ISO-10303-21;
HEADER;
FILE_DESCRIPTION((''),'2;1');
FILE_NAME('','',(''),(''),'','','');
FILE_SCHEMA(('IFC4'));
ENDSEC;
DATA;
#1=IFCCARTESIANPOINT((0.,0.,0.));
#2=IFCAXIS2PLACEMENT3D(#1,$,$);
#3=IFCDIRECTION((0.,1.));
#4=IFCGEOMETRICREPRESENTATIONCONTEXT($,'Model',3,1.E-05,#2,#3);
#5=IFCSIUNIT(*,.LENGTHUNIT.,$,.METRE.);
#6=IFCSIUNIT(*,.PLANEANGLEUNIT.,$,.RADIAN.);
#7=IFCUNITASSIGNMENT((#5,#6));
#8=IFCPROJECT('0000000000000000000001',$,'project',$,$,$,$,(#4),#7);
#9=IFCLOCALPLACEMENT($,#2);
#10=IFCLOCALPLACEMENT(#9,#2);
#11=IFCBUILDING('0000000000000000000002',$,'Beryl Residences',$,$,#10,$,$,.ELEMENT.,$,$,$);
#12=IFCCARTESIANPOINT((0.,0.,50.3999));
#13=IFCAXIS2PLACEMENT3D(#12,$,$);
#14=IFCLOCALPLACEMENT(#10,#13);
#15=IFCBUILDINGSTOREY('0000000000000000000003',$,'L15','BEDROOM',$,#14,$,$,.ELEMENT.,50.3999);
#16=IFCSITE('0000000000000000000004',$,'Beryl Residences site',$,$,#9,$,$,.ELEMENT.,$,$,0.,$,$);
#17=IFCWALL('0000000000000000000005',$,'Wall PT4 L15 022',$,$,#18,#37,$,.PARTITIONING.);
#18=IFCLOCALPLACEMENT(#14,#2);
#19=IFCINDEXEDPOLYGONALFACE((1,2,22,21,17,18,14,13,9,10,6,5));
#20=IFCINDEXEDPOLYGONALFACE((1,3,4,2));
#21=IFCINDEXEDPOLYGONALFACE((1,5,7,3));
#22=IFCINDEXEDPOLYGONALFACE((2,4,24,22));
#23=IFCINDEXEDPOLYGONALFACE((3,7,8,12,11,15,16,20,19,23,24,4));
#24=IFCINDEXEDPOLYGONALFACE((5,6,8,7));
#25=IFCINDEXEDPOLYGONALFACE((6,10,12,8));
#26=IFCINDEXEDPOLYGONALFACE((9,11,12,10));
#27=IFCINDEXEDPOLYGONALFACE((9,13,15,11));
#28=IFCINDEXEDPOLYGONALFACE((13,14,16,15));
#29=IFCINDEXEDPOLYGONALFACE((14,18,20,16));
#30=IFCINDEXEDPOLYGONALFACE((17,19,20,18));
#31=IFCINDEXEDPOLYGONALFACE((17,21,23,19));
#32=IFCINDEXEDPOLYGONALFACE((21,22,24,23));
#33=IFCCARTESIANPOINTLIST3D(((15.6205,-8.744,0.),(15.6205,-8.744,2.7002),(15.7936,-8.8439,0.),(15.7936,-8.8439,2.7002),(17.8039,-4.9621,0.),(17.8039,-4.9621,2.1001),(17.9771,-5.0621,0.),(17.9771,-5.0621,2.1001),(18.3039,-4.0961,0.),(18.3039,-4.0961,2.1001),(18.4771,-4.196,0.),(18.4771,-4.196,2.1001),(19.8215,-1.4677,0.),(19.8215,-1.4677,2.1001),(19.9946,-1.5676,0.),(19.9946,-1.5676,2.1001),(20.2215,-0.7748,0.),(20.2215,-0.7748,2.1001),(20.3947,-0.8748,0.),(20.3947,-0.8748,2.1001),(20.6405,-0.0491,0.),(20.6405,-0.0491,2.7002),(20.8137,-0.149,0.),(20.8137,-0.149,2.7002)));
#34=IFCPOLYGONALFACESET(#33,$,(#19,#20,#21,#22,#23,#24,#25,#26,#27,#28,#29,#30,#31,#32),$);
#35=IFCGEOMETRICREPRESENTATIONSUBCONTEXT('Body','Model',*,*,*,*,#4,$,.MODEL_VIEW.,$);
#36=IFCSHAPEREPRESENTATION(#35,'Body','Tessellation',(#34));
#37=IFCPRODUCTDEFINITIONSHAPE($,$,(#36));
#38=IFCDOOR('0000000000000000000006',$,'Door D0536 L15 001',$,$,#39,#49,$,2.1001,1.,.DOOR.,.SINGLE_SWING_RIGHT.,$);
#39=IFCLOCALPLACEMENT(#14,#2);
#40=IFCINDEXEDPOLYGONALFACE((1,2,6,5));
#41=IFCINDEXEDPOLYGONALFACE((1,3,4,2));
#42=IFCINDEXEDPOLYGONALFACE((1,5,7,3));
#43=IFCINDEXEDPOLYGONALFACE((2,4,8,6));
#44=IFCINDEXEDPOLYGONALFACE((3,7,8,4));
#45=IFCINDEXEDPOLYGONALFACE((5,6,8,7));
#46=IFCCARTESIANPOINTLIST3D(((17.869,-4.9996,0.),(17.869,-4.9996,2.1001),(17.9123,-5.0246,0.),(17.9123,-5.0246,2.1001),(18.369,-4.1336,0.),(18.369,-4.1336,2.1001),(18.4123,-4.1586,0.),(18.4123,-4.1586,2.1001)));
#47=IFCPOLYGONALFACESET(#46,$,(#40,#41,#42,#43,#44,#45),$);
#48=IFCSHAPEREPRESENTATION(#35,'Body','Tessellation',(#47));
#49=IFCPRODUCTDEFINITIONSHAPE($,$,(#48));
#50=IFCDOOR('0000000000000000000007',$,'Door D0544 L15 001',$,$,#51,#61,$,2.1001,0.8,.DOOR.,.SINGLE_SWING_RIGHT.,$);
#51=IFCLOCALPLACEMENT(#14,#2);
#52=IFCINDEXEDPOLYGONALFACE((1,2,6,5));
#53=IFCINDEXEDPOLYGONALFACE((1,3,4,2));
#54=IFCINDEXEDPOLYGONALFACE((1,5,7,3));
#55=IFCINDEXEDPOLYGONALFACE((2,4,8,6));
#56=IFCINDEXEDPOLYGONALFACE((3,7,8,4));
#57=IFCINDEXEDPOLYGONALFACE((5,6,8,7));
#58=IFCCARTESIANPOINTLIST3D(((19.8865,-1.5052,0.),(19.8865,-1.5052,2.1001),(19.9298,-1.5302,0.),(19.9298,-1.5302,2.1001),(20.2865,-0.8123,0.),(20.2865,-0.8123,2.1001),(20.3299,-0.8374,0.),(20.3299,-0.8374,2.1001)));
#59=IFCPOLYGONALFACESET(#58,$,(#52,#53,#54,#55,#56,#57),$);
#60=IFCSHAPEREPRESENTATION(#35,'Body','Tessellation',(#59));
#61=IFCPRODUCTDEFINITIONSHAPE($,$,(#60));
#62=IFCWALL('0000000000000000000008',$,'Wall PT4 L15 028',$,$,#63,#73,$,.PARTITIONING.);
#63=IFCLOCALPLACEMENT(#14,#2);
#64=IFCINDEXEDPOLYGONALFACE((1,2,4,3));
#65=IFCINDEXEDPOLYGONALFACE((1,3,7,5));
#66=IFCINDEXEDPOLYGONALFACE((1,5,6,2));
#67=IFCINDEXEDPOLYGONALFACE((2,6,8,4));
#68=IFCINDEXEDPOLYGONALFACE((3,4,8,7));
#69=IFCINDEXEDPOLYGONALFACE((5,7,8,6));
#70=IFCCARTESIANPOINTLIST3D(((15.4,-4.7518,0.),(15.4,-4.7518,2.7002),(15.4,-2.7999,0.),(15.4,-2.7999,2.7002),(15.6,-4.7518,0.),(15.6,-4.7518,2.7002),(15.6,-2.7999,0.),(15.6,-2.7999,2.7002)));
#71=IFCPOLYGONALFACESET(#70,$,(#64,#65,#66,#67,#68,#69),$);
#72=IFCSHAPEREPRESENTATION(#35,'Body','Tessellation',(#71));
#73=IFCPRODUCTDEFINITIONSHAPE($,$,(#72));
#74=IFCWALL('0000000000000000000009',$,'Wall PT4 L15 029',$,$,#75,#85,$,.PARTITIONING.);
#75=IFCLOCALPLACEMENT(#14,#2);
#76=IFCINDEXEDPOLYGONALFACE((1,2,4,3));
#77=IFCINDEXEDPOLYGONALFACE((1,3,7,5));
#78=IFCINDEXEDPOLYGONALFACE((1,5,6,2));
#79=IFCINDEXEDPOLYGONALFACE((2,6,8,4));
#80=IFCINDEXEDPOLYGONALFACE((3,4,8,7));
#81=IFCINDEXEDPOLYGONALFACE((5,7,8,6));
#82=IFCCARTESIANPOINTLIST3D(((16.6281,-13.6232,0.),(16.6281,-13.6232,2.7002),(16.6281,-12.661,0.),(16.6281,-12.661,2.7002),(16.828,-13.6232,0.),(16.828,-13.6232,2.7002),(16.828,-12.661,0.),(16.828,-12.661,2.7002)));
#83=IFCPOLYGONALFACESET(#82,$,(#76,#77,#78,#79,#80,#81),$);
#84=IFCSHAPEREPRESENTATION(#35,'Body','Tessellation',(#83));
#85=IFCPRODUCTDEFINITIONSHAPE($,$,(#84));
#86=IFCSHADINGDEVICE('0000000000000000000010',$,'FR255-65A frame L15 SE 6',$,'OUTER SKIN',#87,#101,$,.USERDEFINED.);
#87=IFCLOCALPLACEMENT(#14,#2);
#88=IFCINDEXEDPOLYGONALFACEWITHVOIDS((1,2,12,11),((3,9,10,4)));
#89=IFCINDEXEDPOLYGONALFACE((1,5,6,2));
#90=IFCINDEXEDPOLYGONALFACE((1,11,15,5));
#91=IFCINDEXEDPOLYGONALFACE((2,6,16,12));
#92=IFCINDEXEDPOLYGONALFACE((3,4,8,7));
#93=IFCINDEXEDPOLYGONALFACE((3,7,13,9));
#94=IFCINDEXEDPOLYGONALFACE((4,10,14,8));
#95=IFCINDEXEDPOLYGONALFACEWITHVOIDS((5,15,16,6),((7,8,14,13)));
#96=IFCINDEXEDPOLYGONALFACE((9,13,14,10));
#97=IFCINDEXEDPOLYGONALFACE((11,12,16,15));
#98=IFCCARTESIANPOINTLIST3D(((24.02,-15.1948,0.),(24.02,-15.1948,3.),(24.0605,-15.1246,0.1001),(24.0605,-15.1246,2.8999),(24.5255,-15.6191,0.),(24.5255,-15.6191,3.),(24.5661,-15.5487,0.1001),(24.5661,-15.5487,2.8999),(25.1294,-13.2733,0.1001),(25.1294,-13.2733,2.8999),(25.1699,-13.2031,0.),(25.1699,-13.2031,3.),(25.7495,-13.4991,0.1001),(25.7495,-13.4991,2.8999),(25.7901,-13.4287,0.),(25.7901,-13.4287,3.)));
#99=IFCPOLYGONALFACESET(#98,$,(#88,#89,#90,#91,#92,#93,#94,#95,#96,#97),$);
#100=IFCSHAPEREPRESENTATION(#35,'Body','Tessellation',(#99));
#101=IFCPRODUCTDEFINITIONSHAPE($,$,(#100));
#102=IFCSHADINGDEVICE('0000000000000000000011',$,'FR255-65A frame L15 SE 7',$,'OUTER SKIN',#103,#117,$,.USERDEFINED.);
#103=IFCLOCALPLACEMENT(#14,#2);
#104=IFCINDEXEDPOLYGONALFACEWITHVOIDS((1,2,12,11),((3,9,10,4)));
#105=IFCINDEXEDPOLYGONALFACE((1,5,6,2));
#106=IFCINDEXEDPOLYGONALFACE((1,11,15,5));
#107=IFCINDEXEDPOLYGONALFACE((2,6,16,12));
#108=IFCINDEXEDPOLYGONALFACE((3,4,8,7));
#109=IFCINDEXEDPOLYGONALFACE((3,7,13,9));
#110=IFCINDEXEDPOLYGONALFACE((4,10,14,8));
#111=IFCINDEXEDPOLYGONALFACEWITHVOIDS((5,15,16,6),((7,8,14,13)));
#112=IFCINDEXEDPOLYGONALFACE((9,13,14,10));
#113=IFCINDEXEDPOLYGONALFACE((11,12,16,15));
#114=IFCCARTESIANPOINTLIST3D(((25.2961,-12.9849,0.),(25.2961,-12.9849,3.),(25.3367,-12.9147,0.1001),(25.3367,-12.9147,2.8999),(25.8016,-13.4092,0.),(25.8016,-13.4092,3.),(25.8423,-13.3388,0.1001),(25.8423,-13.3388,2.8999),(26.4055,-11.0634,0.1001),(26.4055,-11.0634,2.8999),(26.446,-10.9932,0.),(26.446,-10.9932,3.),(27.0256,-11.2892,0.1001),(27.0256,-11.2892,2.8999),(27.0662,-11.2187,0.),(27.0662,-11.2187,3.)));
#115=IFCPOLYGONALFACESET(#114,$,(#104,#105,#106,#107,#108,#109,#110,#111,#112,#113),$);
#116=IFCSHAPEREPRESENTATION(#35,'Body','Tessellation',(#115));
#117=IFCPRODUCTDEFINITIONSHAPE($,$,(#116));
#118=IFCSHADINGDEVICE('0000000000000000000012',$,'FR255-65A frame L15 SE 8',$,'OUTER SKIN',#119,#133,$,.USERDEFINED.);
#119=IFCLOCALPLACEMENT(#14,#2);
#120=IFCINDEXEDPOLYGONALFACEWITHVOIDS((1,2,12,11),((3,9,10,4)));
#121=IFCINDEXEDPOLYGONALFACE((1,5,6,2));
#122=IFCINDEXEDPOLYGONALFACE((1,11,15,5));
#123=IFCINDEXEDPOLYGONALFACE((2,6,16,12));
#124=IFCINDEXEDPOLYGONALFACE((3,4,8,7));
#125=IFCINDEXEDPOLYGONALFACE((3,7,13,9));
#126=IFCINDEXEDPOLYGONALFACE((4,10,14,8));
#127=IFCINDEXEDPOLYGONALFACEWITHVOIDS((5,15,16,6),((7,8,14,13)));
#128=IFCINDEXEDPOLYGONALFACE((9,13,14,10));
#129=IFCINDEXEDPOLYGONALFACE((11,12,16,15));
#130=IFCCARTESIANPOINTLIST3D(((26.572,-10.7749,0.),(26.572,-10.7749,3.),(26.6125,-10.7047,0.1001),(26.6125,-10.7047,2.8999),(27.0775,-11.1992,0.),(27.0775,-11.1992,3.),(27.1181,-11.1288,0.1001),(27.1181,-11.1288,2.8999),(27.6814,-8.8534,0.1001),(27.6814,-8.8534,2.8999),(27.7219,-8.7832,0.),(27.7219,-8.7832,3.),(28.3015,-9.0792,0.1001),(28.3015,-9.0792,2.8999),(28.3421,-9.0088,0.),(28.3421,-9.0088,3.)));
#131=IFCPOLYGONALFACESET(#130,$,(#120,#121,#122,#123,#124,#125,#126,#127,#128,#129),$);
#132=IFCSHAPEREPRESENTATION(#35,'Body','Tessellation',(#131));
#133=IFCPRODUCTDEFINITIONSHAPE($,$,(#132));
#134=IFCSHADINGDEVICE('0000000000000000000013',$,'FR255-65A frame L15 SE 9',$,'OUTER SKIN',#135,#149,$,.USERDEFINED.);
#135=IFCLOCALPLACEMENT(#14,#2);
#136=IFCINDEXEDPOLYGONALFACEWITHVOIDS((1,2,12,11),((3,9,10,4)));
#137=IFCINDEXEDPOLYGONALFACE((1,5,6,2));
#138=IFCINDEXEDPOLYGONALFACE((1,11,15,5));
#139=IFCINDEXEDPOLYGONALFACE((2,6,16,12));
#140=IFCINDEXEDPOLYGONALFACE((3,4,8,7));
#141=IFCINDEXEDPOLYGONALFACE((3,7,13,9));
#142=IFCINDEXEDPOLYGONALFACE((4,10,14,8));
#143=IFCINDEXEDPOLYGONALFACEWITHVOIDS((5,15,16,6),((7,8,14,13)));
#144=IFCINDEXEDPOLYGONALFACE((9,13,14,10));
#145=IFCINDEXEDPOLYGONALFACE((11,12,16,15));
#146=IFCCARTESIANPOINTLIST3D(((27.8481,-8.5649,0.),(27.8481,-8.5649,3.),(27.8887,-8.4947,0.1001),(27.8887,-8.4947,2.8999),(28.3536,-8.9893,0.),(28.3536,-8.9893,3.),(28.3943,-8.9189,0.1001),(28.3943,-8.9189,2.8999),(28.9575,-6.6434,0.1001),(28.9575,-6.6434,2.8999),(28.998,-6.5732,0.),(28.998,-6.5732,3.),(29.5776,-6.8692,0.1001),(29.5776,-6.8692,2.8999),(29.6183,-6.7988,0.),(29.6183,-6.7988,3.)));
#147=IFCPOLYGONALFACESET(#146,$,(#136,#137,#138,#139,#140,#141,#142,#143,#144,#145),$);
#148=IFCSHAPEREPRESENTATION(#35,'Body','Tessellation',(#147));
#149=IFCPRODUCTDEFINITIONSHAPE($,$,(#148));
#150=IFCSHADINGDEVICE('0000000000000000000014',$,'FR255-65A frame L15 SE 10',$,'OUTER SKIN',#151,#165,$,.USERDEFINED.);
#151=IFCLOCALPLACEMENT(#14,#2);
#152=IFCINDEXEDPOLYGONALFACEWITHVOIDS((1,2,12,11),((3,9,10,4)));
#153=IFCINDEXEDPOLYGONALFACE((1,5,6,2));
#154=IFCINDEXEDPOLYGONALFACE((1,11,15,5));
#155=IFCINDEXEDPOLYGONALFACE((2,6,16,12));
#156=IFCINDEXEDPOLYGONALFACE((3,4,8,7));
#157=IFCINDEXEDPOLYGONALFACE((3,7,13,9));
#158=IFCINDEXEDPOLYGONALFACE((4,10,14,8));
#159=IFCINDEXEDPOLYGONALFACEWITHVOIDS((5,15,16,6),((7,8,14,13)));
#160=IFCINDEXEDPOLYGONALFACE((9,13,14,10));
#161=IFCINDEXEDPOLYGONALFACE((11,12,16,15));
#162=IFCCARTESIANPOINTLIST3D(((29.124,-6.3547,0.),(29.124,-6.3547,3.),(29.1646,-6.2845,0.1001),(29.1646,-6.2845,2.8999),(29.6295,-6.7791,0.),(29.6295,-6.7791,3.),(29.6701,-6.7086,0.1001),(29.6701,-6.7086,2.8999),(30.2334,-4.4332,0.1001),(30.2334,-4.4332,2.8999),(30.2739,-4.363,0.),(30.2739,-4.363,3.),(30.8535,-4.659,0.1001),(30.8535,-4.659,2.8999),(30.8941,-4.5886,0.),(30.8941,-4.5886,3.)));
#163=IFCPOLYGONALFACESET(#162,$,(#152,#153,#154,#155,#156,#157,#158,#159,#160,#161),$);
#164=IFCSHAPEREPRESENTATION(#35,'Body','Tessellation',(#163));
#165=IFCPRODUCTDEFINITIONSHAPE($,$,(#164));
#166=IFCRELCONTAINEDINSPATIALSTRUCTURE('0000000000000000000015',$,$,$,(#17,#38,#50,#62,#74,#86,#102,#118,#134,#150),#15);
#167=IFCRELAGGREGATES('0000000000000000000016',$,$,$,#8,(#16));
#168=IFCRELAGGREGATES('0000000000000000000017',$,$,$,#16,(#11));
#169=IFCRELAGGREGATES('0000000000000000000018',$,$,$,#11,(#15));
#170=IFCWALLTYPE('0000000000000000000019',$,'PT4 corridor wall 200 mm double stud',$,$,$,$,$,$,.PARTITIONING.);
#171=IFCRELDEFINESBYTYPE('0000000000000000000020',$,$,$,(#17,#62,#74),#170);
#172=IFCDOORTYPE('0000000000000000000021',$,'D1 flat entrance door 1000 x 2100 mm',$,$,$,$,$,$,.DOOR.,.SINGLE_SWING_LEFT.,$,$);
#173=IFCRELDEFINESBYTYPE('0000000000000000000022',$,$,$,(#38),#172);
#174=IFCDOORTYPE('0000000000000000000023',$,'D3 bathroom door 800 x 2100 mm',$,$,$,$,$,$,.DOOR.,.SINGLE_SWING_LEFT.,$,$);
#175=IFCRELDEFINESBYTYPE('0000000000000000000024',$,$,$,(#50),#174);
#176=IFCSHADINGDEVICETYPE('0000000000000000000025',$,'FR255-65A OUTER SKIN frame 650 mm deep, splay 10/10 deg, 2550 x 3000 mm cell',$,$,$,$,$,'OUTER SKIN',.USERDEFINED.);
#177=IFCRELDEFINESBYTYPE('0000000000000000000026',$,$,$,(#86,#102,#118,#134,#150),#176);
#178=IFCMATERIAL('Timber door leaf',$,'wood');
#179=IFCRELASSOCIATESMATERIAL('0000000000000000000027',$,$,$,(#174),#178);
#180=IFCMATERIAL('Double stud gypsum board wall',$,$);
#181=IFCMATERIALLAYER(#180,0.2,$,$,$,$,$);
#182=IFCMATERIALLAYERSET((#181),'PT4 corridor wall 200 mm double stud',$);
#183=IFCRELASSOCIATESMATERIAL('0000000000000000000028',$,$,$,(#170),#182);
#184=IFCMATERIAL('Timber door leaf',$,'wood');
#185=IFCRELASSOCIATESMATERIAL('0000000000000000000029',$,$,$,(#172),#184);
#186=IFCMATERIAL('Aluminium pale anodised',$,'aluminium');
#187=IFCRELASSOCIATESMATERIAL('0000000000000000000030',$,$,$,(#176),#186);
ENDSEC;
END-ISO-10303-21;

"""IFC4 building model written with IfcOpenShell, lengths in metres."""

from ifc_helpers import new_model, entity, si_unit, direction, frame, frame_2d, origin, place, context, subcontext, project, spatial, rectangle, extrude, source, transform, mapped, material, layer, layer_set, type_object, type_shapes, element, fill, save


model = new_model("IFC4")

# Units and contexts
model_context = context("Model", 3, precision=1e-05, world=origin(), true_north=direction((0.0, 1.0)))
body_context = subcontext(model_context, "Body", "Model", "MODEL_VIEW")
ifc_project = project(units=[si_unit("LENGTHUNIT", "METRE"), si_unit("PLANEANGLEUNIT", "RADIAN")], contexts=[model_context])

# Site, building, storey
site_placement = place(None, origin())
site = spatial("IfcSite", under=ifc_project, at=site_placement, Name="Beryl Residences site", CompositionType="ELEMENT", RefElevation=0.0)
building_placement = place(site_placement, origin())
building = spatial("IfcBuilding", under=site, at=building_placement, Name="Beryl Residences", CompositionType="ELEMENT")
storey_placement = place(building_placement, frame((0.0, 0.0, 50.3999)))
storey = spatial("IfcBuildingStorey", under=building, at=storey_placement, Name="L15", Description="BEDROOM", CompositionType="ELEMENT", Elevation=50.3999)

# Shared definitions
ifc_material_1 = material(Name="Timber door leaf", Category="wood")
door_type_1 = type_object("IfcDoorType", Name="D3 bathroom door 800 x 2100 mm", OperationType="SINGLE_SWING_LEFT", PredefinedType="DOOR", material=ifc_material_1)

# Shared definitions
ifc_material_2 = material(Name="Double stud gypsum board wall")
ifc_layer_1 = layer(ifc_material_2, 0.2)
ifc_layer_set_1 = layer_set([ifc_layer_1], Name="PT4 corridor wall 200 mm double stud")
wall_type_1 = type_object("IfcWallType", Name="PT4 corridor wall 200 mm double stud", PredefinedType="PARTITIONING", material=ifc_layer_set_1)

# Wall, openings, doors
wall_1_placement = place(storey_placement, frame((15.707, -8.7939, 0.0), z_axis=(0.0, 0.0, 1.0), x_axis=(0.500005, 0.866023, 0.0)))
wall_1 = element("IfcWall", 1, at=wall_1_placement, inside=storey, type_object=wall_type_1, Name="Wall PT4 L15 022", PredefinedType="PARTITIONING", context=body_context, shape_type="SweptSolid", body=[
    extrude(rectangle(XDim=10.04, YDim=0.2, at=frame_2d((5.02, 0.0))), origin(), (0.0, 0.0, 1.0), 2.7002),
])
opening_1_placement = place(wall_1_placement, frame((4.3669, 0.0, 0.0)))
opening_1 = element("IfcOpeningElement", 2, at=opening_1_placement, cuts=wall_1, PredefinedType="OPENING", context=body_context, shape_type="SweptSolid", body=[
    extrude(rectangle(XDim=1.0, YDim=2.1001, at=frame_2d((0.5, 1.05))), frame((0.0, 0.1099, 0.0), z_axis=(0.0, -1.0, 0.0), x_axis=(1.0, 0.0, 0.0)), (0.0, 0.0, 1.0), 0.22),
])
opening_2_placement = place(wall_1_placement, frame((8.4021, 0.0, 0.0)))
opening_2 = element("IfcOpeningElement", 3, at=opening_2_placement, cuts=wall_1, PredefinedType="OPENING", context=body_context, shape_type="SweptSolid", body=[
    extrude(rectangle(XDim=0.8, YDim=2.1001, at=frame_2d((0.3999, 1.05))), frame((0.0, 0.1099, 0.0), z_axis=(0.0, -1.0, 0.0), x_axis=(1.0, 0.0, 0.0)), (0.0, 0.0, 1.0), 0.22),
])
ifc_material_3 = material(Name="Timber door leaf", Category="wood")
door_type_2 = type_object("IfcDoorType", Name="D1 flat entrance door 1000 x 2100 mm", OperationType="SINGLE_SWING_LEFT", PredefinedType="DOOR", material=ifc_material_3)
door_1_placement = place(opening_1_placement, origin())
door_1 = element("IfcDoor", 4, at=door_1_placement, inside=storey, type_object=door_type_2, Name="Door D0536 L15 001", OperationType="SINGLE_SWING_RIGHT", OverallHeight=2.1001, OverallWidth=1.0, PredefinedType="DOOR", context=body_context, shape_type="SweptSolid", body=[
    extrude(rectangle(XDim=1.0, YDim=2.1001, at=frame_2d((0.5, 1.05))), frame((0.0, 0.0249, 0.0), z_axis=(0.0, -1.0, 0.0), x_axis=(1.0, 0.0, 0.0)), (0.0, 0.0, 1.0), 0.05),
])
fill(opening_1, door_1)
door_2_placement = place(opening_2_placement, origin())
door_2 = element("IfcDoor", 5, at=door_2_placement, inside=storey, type_object=door_type_1, Name="Door D0544 L15 001", OperationType="SINGLE_SWING_RIGHT", OverallHeight=2.1001, OverallWidth=0.8, PredefinedType="DOOR", context=body_context, shape_type="SweptSolid", body=[
    extrude(rectangle(XDim=0.8, YDim=2.1001, at=frame_2d((0.3999, 1.05))), frame((0.0, 0.0249, 0.0), z_axis=(0.0, -1.0, 0.0), x_axis=(1.0, 0.0, 0.0)), (0.0, 0.0, 1.0), 0.05),
])
fill(opening_2, door_2)

# Walls
wall_2_placement = place(storey_placement, frame((15.5, -4.752, 0.0), z_axis=(0.0, 0.0, 1.0), x_axis=(0.0, 1.0, 0.0)))
element("IfcWall", 6, at=wall_2_placement, inside=storey, type_object=wall_type_1, Name="Wall PT4 L15 028", PredefinedType="PARTITIONING", context=body_context, shape_type="SweptSolid", body=[
    extrude(rectangle(XDim=1.9519, YDim=0.2, at=frame_2d((0.9761, 0.0))), origin(), (0.0, 0.0, 1.0), 2.7002),
])
wall_3_placement = place(storey_placement, frame((16.728, -13.623, 0.0), z_axis=(0.0, 0.0, 1.0), x_axis=(0.0, 1.0, 0.0)))
element("IfcWall", 7, at=wall_3_placement, inside=storey, type_object=wall_type_1, Name="Wall PT4 L15 029", PredefinedType="PARTITIONING", context=body_context, shape_type="SweptSolid", body=[
    extrude(rectangle(XDim=0.9622, YDim=0.2, at=frame_2d((0.481, 0.0))), origin(), (0.0, 0.0, 1.0), 2.7002),
])

# Shading devices
ifc_material_4 = material(Name="Aluminium pale anodised", Category="aluminium")
shading_device_type = type_object("IfcShadingDeviceType", Name="FR255-65A OUTER SKIN frame 650 mm deep, splay 10/10 deg, 2550 x 3000 mm cell", ElementType="OUTER SKIN", PredefinedType="USERDEFINED", material=ifc_material_4)
cartesian_point_1 = entity("IfcCartesianPoint", [-1.1499, 0.0])
cartesian_point_2 = entity("IfcCartesianPoint", [-1.0688, 0.1001])
cartesian_point_3 = entity("IfcCartesianPoint", [-1.2646, 0.0])
cartesian_point_4 = entity("IfcCartesianPoint", [-1.1833, 0.1001])
shared_shape = source(origin(), body_context, "Body", "SweptSolid", [
    entity("IfcExtrudedAreaSolidTapered", entity("IfcArbitraryProfileDefWithVoids", "AREA", None, entity("IfcPolyline", [cartesian_point_1, entity("IfcCartesianPoint", [1.1499, 0.0]), entity("IfcCartesianPoint", [1.1499, 3.0]), entity("IfcCartesianPoint", [-1.1499, 3.0]), cartesian_point_1]), [entity("IfcPolyline", [cartesian_point_2, entity("IfcCartesianPoint", [1.0688, 0.1001]), entity("IfcCartesianPoint", [1.0688, 2.8999]), entity("IfcCartesianPoint", [-1.0688, 2.8999]), cartesian_point_2])]), entity("IfcAxis2Placement3D", entity("IfcCartesianPoint", [0.0, 0.0, 0.0]), entity("IfcDirection", [0.0, 1.0, 0.0]), entity("IfcDirection", [-1.0, 0.0, 0.0])), entity("IfcDirection", [0.0, 0.0, 1.0]), 0.6499, entity("IfcArbitraryProfileDefWithVoids", "AREA", None, entity("IfcPolyline", [cartesian_point_3, entity("IfcCartesianPoint", [1.2646, 0.0]), entity("IfcCartesianPoint", [1.2646, 3.0]), entity("IfcCartesianPoint", [-1.2646, 3.0]), cartesian_point_3]), [entity("IfcPolyline", [cartesian_point_4, entity("IfcCartesianPoint", [1.1833, 0.1001]), entity("IfcCartesianPoint", [1.1833, 2.8999]), entity("IfcCartesianPoint", [-1.1833, 2.8999]), cartesian_point_4])])),
])
type_shapes(shading_device_type, [shared_shape])
for number, where, z_axis, x_axis, name in (
    (8, (24.595, -14.199, 0.0), (0.0, 0.0, 1.0), (-0.5, -0.866025, 0.0), "FR255-65A frame L15 SE 6"),
    (9, (25.8711, -11.989, 0.0), (0.0, 0.0, 1.0), (-0.5, -0.866025, 0.0), "FR255-65A frame L15 SE 7"),
    (10, (27.147, -9.7791, 0.0), (0.0, 0.0, 1.0), (-0.5, -0.866025, 0.0), "FR255-65A frame L15 SE 8"),
    (11, (28.4231, -7.5691, 0.0), (0.0, 0.0, 1.0), (-0.5, -0.866025, 0.0), "FR255-65A frame L15 SE 9"),
    (12, (29.699, -5.3589, 0.0), (0.0, 0.0, 1.0), (-0.5, -0.866025, 0.0), "FR255-65A frame L15 SE 10"),
):
    element("IfcShadingDevice", number, at=place(storey_placement, frame(where, z_axis=z_axis, x_axis=x_axis)), inside=storey, type_object=shading_device_type, Name=name, ObjectType="OUTER SKIN", PredefinedType="USERDEFINED", context=body_context, shape_type="MappedRepresentation", body=[
        mapped(shared_shape, transform((0.0, 0.0, 0.0))),
    ])

save(model, "model.ifc")
